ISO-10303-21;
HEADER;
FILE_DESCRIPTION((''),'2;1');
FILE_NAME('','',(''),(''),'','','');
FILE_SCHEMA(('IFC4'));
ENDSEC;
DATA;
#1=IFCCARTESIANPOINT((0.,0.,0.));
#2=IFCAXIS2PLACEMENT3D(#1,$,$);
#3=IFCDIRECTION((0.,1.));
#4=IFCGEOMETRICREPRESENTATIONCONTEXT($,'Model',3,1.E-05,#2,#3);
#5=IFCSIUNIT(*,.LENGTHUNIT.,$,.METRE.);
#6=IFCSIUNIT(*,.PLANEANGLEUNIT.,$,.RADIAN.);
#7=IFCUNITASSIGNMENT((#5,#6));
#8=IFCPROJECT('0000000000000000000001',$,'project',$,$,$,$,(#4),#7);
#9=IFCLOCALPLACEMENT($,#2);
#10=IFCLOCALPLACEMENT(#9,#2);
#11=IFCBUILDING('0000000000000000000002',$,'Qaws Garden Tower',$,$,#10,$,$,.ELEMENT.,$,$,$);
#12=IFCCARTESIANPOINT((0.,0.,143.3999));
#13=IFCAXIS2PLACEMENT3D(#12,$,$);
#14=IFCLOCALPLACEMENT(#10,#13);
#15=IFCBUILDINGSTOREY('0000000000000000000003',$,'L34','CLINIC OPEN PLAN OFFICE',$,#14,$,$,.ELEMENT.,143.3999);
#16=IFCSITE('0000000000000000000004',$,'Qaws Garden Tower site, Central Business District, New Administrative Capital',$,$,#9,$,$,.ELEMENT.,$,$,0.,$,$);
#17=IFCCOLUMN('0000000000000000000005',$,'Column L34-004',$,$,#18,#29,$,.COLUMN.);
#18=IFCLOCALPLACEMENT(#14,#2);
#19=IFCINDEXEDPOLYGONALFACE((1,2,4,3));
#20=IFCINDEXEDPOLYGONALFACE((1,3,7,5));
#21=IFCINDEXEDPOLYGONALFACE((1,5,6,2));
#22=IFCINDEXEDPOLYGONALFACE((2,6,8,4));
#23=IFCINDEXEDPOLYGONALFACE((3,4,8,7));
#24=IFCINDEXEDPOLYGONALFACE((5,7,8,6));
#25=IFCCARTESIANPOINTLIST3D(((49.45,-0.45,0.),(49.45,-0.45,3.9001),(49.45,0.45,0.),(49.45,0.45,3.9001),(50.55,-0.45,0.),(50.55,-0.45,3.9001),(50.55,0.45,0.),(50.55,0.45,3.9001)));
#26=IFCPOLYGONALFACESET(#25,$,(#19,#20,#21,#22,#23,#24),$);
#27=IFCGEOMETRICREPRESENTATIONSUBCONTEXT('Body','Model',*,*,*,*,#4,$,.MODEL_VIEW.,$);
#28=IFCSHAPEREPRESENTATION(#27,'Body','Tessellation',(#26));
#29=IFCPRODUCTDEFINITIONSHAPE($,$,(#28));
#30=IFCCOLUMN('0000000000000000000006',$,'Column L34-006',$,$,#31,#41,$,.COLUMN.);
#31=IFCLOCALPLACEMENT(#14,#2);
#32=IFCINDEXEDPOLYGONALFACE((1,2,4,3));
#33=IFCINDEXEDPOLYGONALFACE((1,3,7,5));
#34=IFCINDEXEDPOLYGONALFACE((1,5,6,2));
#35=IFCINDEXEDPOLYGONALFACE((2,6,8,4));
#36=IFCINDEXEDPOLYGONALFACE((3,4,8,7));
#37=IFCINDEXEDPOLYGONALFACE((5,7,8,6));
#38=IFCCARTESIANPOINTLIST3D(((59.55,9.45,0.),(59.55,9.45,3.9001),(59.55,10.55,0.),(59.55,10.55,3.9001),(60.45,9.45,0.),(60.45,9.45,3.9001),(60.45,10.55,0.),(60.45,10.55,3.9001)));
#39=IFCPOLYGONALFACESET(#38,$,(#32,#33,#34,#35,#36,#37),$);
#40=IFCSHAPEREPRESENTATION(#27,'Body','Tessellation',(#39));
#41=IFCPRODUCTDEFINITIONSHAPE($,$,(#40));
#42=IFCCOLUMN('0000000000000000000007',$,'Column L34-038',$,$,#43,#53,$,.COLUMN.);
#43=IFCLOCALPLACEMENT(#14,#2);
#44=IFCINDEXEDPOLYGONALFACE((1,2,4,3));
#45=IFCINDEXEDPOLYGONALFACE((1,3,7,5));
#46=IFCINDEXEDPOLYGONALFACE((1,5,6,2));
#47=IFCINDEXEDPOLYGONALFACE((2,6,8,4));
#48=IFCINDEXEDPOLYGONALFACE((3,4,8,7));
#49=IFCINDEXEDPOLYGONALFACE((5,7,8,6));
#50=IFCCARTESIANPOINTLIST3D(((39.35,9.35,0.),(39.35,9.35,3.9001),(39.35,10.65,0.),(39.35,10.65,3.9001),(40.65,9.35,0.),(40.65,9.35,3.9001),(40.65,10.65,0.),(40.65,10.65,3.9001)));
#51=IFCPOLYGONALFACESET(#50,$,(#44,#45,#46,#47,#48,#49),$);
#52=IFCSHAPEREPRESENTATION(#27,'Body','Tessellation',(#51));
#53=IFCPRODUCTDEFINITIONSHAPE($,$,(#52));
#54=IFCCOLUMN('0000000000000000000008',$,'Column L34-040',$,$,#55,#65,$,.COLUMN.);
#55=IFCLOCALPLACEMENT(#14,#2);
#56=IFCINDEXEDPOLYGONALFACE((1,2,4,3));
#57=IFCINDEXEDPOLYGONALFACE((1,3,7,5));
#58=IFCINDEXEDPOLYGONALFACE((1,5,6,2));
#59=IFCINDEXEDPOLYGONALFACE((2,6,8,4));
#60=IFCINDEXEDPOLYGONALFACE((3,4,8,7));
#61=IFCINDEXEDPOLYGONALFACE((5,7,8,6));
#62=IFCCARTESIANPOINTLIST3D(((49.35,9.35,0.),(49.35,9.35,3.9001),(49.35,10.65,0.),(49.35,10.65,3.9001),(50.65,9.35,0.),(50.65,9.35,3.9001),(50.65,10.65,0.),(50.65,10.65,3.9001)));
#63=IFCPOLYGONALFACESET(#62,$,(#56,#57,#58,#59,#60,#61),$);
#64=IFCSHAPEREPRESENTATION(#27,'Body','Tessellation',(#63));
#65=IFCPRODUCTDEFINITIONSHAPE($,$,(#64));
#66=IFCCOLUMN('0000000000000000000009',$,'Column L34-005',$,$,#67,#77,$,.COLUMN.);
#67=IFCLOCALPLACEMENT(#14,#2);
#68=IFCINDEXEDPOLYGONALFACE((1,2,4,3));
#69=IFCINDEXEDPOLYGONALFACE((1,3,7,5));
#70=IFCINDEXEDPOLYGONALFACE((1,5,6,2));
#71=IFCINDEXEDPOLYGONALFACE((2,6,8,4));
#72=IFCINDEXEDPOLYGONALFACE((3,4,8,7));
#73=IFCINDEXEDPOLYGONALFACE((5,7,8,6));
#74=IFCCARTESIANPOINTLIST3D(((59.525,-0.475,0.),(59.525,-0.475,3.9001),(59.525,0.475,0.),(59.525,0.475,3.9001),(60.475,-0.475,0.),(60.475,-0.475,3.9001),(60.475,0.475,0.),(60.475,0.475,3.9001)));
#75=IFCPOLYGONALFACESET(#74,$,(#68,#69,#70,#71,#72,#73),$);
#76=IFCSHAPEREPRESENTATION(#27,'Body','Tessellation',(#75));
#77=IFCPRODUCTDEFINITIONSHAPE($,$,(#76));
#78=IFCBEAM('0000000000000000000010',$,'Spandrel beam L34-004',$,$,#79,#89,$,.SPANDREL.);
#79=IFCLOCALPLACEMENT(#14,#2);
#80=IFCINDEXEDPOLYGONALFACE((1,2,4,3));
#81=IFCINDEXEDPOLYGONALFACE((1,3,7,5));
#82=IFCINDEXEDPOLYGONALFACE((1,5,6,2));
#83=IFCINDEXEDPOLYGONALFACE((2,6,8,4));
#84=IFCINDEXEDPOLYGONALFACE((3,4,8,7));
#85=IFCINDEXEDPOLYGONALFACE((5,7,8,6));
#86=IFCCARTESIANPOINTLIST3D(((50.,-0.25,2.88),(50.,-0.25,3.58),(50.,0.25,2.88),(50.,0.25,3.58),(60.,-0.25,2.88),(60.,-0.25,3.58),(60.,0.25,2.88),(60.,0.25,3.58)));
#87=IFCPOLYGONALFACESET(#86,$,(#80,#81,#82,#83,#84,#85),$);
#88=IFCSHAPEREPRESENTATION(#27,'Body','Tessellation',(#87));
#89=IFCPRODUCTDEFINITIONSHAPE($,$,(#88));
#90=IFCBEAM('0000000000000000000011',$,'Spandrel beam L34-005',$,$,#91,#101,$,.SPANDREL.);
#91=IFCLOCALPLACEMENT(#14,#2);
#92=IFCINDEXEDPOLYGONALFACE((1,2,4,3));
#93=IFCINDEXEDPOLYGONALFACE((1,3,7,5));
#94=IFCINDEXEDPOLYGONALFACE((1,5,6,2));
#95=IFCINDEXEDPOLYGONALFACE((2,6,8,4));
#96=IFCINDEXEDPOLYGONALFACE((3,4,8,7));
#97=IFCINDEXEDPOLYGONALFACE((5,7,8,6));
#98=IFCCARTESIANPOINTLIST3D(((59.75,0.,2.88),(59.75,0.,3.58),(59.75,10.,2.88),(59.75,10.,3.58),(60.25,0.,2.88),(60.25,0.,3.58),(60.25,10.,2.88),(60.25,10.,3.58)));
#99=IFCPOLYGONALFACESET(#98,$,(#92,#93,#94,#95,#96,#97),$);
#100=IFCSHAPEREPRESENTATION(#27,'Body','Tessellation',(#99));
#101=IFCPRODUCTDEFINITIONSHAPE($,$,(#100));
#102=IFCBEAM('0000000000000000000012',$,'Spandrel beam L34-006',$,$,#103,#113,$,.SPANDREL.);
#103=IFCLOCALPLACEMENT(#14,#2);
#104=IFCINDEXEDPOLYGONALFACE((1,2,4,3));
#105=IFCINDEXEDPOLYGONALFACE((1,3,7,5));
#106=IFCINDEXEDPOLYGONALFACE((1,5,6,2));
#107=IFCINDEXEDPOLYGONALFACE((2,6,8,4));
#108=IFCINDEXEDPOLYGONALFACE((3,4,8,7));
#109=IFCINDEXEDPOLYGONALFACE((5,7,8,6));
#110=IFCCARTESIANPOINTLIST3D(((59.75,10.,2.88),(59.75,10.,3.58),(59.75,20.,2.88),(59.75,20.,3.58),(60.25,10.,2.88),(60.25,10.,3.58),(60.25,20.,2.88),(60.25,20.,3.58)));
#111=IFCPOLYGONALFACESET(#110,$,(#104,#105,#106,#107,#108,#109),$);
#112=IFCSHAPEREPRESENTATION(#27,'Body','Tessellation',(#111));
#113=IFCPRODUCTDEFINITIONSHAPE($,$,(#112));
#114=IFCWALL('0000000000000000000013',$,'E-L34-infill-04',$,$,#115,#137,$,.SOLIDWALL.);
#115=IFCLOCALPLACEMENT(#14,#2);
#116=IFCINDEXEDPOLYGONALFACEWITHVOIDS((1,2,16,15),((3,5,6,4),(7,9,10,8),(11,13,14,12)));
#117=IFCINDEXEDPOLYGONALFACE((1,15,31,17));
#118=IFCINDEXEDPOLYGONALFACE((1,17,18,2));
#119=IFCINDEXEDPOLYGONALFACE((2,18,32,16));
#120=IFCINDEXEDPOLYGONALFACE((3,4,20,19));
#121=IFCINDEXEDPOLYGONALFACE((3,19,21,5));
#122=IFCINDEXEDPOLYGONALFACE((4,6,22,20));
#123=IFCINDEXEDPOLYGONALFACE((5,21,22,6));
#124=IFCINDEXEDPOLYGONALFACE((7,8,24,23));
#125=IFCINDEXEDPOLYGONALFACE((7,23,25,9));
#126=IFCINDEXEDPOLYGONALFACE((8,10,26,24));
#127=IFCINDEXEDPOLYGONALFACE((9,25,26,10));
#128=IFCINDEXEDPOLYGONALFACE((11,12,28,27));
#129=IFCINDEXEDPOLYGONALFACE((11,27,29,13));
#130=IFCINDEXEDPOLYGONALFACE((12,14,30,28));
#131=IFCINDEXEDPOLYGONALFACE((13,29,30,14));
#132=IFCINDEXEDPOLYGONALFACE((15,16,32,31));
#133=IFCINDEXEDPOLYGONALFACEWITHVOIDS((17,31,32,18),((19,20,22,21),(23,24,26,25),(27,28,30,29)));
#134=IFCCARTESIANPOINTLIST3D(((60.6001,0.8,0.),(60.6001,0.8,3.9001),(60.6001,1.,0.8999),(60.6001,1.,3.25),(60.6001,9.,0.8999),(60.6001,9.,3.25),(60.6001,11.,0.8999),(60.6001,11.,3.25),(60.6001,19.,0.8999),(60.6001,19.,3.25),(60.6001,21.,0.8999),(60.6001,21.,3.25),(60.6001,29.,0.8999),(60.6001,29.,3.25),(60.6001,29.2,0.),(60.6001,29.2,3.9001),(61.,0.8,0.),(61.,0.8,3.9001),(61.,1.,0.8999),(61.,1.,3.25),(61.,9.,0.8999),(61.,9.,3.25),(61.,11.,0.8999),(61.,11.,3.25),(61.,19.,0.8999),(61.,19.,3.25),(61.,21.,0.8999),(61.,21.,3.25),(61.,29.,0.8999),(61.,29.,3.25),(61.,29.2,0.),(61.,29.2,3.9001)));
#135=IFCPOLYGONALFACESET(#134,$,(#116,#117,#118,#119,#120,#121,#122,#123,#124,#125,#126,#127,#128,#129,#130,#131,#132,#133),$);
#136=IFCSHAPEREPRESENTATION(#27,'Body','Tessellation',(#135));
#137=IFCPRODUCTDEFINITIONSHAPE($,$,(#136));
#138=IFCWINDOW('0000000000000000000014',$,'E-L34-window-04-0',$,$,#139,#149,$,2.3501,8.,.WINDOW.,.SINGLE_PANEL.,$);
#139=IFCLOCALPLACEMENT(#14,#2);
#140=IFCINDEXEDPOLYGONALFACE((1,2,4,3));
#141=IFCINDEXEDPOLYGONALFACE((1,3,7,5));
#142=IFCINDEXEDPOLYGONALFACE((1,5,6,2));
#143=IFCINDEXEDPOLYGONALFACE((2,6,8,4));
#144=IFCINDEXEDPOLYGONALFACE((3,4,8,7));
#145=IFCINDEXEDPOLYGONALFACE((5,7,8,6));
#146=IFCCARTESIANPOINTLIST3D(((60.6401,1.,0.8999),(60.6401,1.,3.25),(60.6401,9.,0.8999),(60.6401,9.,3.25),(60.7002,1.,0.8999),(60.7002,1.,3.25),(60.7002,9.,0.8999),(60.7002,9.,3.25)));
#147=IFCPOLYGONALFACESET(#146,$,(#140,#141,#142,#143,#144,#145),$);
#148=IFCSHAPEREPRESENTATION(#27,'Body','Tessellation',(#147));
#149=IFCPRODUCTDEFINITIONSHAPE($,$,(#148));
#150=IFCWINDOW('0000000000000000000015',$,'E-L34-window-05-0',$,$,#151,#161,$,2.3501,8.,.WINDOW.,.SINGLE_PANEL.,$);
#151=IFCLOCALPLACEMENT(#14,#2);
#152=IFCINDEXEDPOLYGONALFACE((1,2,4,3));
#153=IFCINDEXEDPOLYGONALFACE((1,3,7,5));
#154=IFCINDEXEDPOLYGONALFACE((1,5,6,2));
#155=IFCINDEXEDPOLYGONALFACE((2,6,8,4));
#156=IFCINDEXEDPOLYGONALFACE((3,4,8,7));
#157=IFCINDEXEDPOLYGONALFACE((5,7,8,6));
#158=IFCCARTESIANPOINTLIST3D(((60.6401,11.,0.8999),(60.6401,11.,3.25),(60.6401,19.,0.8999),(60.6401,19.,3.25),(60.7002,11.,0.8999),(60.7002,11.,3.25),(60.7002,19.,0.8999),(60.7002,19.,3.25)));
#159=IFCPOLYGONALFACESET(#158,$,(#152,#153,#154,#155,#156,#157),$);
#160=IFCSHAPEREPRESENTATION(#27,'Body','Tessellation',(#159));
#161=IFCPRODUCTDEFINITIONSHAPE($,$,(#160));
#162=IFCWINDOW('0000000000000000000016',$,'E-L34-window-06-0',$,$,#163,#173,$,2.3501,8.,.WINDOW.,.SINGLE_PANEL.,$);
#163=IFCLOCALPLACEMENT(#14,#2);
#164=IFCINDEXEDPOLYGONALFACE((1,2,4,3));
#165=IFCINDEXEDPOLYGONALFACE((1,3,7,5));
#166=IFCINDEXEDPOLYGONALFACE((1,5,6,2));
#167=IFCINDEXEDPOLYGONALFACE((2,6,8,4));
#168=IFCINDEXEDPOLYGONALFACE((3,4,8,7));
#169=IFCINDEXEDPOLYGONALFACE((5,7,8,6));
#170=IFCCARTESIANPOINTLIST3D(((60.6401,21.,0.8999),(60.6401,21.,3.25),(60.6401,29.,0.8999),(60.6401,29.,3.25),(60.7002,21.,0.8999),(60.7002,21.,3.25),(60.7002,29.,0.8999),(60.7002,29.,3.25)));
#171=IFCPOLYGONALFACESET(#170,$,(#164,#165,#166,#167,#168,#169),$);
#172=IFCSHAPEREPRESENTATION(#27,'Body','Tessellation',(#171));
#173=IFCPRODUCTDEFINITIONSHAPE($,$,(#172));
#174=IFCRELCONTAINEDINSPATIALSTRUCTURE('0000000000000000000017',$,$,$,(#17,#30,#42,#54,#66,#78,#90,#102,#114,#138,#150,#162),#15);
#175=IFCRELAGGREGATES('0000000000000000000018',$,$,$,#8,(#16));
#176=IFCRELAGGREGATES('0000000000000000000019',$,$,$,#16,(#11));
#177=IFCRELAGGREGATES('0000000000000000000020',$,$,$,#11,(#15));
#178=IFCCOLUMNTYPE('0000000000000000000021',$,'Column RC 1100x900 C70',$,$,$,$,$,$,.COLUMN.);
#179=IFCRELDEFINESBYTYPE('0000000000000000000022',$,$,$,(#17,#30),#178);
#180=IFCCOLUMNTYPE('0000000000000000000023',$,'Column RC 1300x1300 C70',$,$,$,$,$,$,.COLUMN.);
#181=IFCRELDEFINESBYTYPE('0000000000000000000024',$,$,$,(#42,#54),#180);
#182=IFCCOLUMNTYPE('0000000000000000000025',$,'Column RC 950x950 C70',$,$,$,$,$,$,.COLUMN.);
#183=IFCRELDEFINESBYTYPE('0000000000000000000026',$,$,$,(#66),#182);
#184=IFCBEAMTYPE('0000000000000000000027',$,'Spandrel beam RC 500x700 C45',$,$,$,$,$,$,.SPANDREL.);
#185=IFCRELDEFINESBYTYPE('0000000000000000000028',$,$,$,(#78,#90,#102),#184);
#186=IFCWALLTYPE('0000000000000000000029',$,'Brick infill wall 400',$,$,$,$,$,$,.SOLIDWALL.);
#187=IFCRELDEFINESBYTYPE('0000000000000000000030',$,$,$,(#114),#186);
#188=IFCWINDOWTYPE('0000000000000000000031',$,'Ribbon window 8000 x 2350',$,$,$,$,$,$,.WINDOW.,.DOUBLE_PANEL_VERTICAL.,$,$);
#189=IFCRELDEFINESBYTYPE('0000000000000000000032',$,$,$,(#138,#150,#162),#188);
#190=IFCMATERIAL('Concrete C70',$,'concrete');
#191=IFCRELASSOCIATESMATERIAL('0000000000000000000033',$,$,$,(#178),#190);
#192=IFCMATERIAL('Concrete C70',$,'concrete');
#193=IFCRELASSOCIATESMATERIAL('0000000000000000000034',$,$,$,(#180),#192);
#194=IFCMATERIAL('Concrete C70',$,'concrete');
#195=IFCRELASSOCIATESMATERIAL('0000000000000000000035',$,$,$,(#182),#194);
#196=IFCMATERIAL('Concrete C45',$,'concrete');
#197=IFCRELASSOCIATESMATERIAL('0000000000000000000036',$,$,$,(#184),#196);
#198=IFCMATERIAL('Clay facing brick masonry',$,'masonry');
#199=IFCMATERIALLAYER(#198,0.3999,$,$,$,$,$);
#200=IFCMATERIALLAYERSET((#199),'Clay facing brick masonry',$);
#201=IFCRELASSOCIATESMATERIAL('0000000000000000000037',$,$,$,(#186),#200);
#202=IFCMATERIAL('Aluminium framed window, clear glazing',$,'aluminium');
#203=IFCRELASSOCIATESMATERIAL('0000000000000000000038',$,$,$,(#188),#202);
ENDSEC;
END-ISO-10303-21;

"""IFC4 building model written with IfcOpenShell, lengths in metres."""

from ifc_helpers import new_model, si_unit, direction, frame, frame_2d, origin, origin_2d, place, context, subcontext, project, spatial, rectangle, extrude, material, layer, layer_set, material_profile, profile_set, type_object, element, fill, save


model = new_model("IFC4")

# Units and contexts
model_context = context("Model", 3, precision=1e-05, world=origin(), true_north=direction((0.0, 1.0)))
body_context = subcontext(model_context, "Body", "Model", "MODEL_VIEW")
ifc_project = project(units=[si_unit("LENGTHUNIT", "METRE"), si_unit("PLANEANGLEUNIT", "RADIAN")], contexts=[model_context])

# Site, building, storey
site_placement = place(None, origin())
site = spatial("IfcSite", under=ifc_project, at=site_placement, Name="Qaws Garden Tower site, Central Business District, New Administrative Capital", CompositionType="ELEMENT", RefElevation=0.0)
building_placement = place(site_placement, origin())
building = spatial("IfcBuilding", under=site, at=building_placement, Name="Qaws Garden Tower", CompositionType="ELEMENT")
storey_placement = place(building_placement, frame((0.0, 0.0, 143.3999)))
storey = spatial("IfcBuildingStorey", under=building, at=storey_placement, Name="L34", Description="CLINIC OPEN PLAN OFFICE", CompositionType="ELEMENT", Elevation=143.3999)

# Columns
ifc_material_1 = material(Name="Concrete C70", Category="concrete")
ifc_material_profile_1 = material_profile(ifc_material_1, rectangle(XDim=1.1001, YDim=0.8999, at=origin_2d()), Name="RC 1100x900")
ifc_profile_set_1 = profile_set([ifc_material_profile_1], Name="Concrete C70")
column_type_1 = type_object("IfcColumnType", Name="Column RC 1100x900 C70", PredefinedType="COLUMN", material=ifc_profile_set_1)
for number, where, z_axis, x_axis, name in (
    (1, (50.0, 0.0, 0.0), (0.0, 0.0, 1.0), (1.0, 0.0, 0.0), "Column L34-004"),
    (2, (60.0, 10.0, 0.0), (0.0, 0.0, 1.0), (0.0, 1.0, 0.0), "Column L34-006"),
):
    element("IfcColumn", number, at=place(storey_placement, frame(where, z_axis=z_axis, x_axis=x_axis)), inside=storey, type_object=column_type_1, Name=name, PredefinedType="COLUMN", context=body_context, shape_type="SweptSolid", body=[
        extrude(rectangle(XDim=1.1001, YDim=0.8999, at=origin_2d()), origin(), (0.0, 0.0, 1.0), 3.9001),
    ])
ifc_material_2 = material(Name="Concrete C70", Category="concrete")
ifc_material_profile_2 = material_profile(ifc_material_2, rectangle(XDim=1.3, YDim=1.3, at=origin_2d()), Name="RC 1300x1300")
ifc_profile_set_2 = profile_set([ifc_material_profile_2], Name="Concrete C70")
column_type_2 = type_object("IfcColumnType", Name="Column RC 1300x1300 C70", PredefinedType="COLUMN", material=ifc_profile_set_2)
for number, where, z_axis, x_axis, name in (
    (3, (40.0, 10.0, 0.0), (0.0, 0.0, 1.0), (1.0, 0.0, 0.0), "Column L34-038"),
    (4, (50.0, 10.0, 0.0), (0.0, 0.0, 1.0), (1.0, 0.0, 0.0), "Column L34-040"),
):
    element("IfcColumn", number, at=place(storey_placement, frame(where, z_axis=z_axis, x_axis=x_axis)), inside=storey, type_object=column_type_2, Name=name, PredefinedType="COLUMN", context=body_context, shape_type="SweptSolid", body=[
        extrude(rectangle(XDim=1.3, YDim=1.3, at=origin_2d()), origin(), (0.0, 0.0, 1.0), 3.9001),
    ])
ifc_material_3 = material(Name="Concrete C70", Category="concrete")
ifc_material_profile_3 = material_profile(ifc_material_3, rectangle(XDim=0.95, YDim=0.95, at=origin_2d()), Name="RC 950x950")
ifc_profile_set_3 = profile_set([ifc_material_profile_3], Name="Concrete C70")
column_type_3 = type_object("IfcColumnType", Name="Column RC 950x950 C70", PredefinedType="COLUMN", material=ifc_profile_set_3)
column_placement = place(storey_placement, frame((60.0, 0.0, 0.0), z_axis=(0.0, 0.0, 1.0), x_axis=(1.0, 0.0, 0.0)))
element("IfcColumn", 5, at=column_placement, inside=storey, type_object=column_type_3, Name="Column L34-005", PredefinedType="COLUMN", context=body_context, shape_type="SweptSolid", body=[
    extrude(rectangle(XDim=0.95, YDim=0.95, at=origin_2d()), origin(), (0.0, 0.0, 1.0), 3.9001),
])

# Beams
ifc_material_4 = material(Name="Concrete C45", Category="concrete")
ifc_material_profile_4 = material_profile(ifc_material_4, rectangle(XDim=0.5, YDim=0.7, at=origin_2d()), Name="RC 500x700")
ifc_profile_set_4 = profile_set([ifc_material_profile_4], Name="Concrete C45")
beam_type = type_object("IfcBeamType", Name="Spandrel beam RC 500x700 C45", PredefinedType="SPANDREL", material=ifc_profile_set_4)
for number, where, z_axis, x_axis, name in (
    (6, (50.0, 0.0, 3.23), (1.0, 0.0, 0.0), (0.0, 1.0, 0.0), "Spandrel beam L34-004"),
    (7, (60.0, 0.0, 3.23), (0.0, 1.0, 0.0), (-1.0, 0.0, 0.0), "Spandrel beam L34-005"),
    (8, (60.0, 10.0, 3.23), (0.0, 1.0, 0.0), (-1.0, 0.0, 0.0), "Spandrel beam L34-006"),
):
    element("IfcBeam", number, at=place(storey_placement, frame(where, z_axis=z_axis, x_axis=x_axis)), inside=storey, type_object=beam_type, Name=name, PredefinedType="SPANDREL", context=body_context, shape_type="SweptSolid", body=[
        extrude(rectangle(XDim=0.5, YDim=0.7, at=origin_2d()), origin(), (0.0, 0.0, 1.0), 10.0),
    ])

# Wall, openings, windows
ifc_material_5 = material(Name="Clay facing brick masonry", Category="masonry")
ifc_layer_1 = layer(ifc_material_5, 0.3999)
ifc_layer_set_1 = layer_set([ifc_layer_1], Name="Clay facing brick masonry")
wall_type_1 = type_object("IfcWallType", Name="Brick infill wall 400", PredefinedType="SOLIDWALL", material=ifc_layer_set_1)
wall_1_placement = place(storey_placement, frame((60.8, 0.8, 0.0), z_axis=(0.0, 0.0, 1.0), x_axis=(0.0, 1.0, 0.0)))
wall_1 = element("IfcWall", 9, at=wall_1_placement, inside=storey, type_object=wall_type_1, Name="E-L34-infill-04", PredefinedType="SOLIDWALL", context=body_context, shape_type="SweptSolid", body=[
    extrude(rectangle(XDim=28.3999, YDim=0.3999, at=frame_2d((14.2, 0.0))), origin(), (0.0, 0.0, 1.0), 3.9001),
])
opening_1_placement = place(wall_1_placement, frame((0.2, 0.0, 0.8999)))
opening_1 = element("IfcOpeningElement", 10, at=opening_1_placement, cuts=wall_1, PredefinedType="OPENING", context=body_context, shape_type="SweptSolid", body=[
    extrude(rectangle(XDim=8.0, YDim=2.3501, at=frame_2d((4.0, 1.175))), frame((0.0, 0.21, 0.0), z_axis=(0.0, -1.0, 0.0), x_axis=(1.0, 0.0, 0.0)), (0.0, 0.0, 1.0), 0.4199),
])
opening_2_placement = place(wall_1_placement, frame((10.2, 0.0, 0.8999)))
opening_2 = element("IfcOpeningElement", 11, at=opening_2_placement, cuts=wall_1, PredefinedType="OPENING", context=body_context, shape_type="SweptSolid", body=[
    extrude(rectangle(XDim=8.0, YDim=2.3501, at=frame_2d((4.0, 1.175))), frame((0.0, 0.21, 0.0), z_axis=(0.0, -1.0, 0.0), x_axis=(1.0, 0.0, 0.0)), (0.0, 0.0, 1.0), 0.4199),
])
opening_3_placement = place(wall_1_placement, frame((20.2, 0.0, 0.8999)))
opening_3 = element("IfcOpeningElement", 12, at=opening_3_placement, cuts=wall_1, PredefinedType="OPENING", context=body_context, shape_type="SweptSolid", body=[
    extrude(rectangle(XDim=8.0, YDim=2.3501, at=frame_2d((4.0, 1.175))), frame((0.0, 0.21, 0.0), z_axis=(0.0, -1.0, 0.0), x_axis=(1.0, 0.0, 0.0)), (0.0, 0.0, 1.0), 0.4199),
])
ifc_material_6 = material(Name="Aluminium framed window, clear glazing", Category="aluminium")
window_type = type_object("IfcWindowType", Name="Ribbon window 8000 x 2350", PartitioningType="DOUBLE_PANEL_VERTICAL", PredefinedType="WINDOW", material=ifc_material_6)
window_1_placement = place(opening_1_placement, origin())
window_1 = element("IfcWindow", 13, at=window_1_placement, inside=storey, type_object=window_type, Name="E-L34-window-04-0", OverallHeight=2.3501, OverallWidth=8.0, PartitioningType="SINGLE_PANEL", PredefinedType="WINDOW", context=body_context, shape_type="SweptSolid", body=[
    extrude(rectangle(XDim=8.0, YDim=2.3501, at=frame_2d((4.0, 1.175))), frame((0.0, 0.1599, 0.0), z_axis=(0.0, -1.0, 0.0), x_axis=(1.0, 0.0, 0.0)), (0.0, 0.0, 1.0), 0.0601),
])
fill(opening_1, window_1)
window_2_placement = place(opening_2_placement, origin())
window_2 = element("IfcWindow", 14, at=window_2_placement, inside=storey, type_object=window_type, Name="E-L34-window-05-0", OverallHeight=2.3501, OverallWidth=8.0, PartitioningType="SINGLE_PANEL", PredefinedType="WINDOW", context=body_context, shape_type="SweptSolid", body=[
    extrude(rectangle(XDim=8.0, YDim=2.3501, at=frame_2d((4.0, 1.175))), frame((0.0, 0.1599, 0.0), z_axis=(0.0, -1.0, 0.0), x_axis=(1.0, 0.0, 0.0)), (0.0, 0.0, 1.0), 0.0601),
])
fill(opening_2, window_2)
window_3_placement = place(opening_3_placement, origin())
window_3 = element("IfcWindow", 15, at=window_3_placement, inside=storey, type_object=window_type, Name="E-L34-window-06-0", OverallHeight=2.3501, OverallWidth=8.0, PartitioningType="SINGLE_PANEL", PredefinedType="WINDOW", context=body_context, shape_type="SweptSolid", body=[
    extrude(rectangle(XDim=8.0, YDim=2.3501, at=frame_2d((4.0, 1.175))), frame((0.0, 0.1599, 0.0), z_axis=(0.0, -1.0, 0.0), x_axis=(1.0, 0.0, 0.0)), (0.0, 0.0, 1.0), 0.0601),
])
fill(opening_3, window_3)

save(model, "model.ifc")
